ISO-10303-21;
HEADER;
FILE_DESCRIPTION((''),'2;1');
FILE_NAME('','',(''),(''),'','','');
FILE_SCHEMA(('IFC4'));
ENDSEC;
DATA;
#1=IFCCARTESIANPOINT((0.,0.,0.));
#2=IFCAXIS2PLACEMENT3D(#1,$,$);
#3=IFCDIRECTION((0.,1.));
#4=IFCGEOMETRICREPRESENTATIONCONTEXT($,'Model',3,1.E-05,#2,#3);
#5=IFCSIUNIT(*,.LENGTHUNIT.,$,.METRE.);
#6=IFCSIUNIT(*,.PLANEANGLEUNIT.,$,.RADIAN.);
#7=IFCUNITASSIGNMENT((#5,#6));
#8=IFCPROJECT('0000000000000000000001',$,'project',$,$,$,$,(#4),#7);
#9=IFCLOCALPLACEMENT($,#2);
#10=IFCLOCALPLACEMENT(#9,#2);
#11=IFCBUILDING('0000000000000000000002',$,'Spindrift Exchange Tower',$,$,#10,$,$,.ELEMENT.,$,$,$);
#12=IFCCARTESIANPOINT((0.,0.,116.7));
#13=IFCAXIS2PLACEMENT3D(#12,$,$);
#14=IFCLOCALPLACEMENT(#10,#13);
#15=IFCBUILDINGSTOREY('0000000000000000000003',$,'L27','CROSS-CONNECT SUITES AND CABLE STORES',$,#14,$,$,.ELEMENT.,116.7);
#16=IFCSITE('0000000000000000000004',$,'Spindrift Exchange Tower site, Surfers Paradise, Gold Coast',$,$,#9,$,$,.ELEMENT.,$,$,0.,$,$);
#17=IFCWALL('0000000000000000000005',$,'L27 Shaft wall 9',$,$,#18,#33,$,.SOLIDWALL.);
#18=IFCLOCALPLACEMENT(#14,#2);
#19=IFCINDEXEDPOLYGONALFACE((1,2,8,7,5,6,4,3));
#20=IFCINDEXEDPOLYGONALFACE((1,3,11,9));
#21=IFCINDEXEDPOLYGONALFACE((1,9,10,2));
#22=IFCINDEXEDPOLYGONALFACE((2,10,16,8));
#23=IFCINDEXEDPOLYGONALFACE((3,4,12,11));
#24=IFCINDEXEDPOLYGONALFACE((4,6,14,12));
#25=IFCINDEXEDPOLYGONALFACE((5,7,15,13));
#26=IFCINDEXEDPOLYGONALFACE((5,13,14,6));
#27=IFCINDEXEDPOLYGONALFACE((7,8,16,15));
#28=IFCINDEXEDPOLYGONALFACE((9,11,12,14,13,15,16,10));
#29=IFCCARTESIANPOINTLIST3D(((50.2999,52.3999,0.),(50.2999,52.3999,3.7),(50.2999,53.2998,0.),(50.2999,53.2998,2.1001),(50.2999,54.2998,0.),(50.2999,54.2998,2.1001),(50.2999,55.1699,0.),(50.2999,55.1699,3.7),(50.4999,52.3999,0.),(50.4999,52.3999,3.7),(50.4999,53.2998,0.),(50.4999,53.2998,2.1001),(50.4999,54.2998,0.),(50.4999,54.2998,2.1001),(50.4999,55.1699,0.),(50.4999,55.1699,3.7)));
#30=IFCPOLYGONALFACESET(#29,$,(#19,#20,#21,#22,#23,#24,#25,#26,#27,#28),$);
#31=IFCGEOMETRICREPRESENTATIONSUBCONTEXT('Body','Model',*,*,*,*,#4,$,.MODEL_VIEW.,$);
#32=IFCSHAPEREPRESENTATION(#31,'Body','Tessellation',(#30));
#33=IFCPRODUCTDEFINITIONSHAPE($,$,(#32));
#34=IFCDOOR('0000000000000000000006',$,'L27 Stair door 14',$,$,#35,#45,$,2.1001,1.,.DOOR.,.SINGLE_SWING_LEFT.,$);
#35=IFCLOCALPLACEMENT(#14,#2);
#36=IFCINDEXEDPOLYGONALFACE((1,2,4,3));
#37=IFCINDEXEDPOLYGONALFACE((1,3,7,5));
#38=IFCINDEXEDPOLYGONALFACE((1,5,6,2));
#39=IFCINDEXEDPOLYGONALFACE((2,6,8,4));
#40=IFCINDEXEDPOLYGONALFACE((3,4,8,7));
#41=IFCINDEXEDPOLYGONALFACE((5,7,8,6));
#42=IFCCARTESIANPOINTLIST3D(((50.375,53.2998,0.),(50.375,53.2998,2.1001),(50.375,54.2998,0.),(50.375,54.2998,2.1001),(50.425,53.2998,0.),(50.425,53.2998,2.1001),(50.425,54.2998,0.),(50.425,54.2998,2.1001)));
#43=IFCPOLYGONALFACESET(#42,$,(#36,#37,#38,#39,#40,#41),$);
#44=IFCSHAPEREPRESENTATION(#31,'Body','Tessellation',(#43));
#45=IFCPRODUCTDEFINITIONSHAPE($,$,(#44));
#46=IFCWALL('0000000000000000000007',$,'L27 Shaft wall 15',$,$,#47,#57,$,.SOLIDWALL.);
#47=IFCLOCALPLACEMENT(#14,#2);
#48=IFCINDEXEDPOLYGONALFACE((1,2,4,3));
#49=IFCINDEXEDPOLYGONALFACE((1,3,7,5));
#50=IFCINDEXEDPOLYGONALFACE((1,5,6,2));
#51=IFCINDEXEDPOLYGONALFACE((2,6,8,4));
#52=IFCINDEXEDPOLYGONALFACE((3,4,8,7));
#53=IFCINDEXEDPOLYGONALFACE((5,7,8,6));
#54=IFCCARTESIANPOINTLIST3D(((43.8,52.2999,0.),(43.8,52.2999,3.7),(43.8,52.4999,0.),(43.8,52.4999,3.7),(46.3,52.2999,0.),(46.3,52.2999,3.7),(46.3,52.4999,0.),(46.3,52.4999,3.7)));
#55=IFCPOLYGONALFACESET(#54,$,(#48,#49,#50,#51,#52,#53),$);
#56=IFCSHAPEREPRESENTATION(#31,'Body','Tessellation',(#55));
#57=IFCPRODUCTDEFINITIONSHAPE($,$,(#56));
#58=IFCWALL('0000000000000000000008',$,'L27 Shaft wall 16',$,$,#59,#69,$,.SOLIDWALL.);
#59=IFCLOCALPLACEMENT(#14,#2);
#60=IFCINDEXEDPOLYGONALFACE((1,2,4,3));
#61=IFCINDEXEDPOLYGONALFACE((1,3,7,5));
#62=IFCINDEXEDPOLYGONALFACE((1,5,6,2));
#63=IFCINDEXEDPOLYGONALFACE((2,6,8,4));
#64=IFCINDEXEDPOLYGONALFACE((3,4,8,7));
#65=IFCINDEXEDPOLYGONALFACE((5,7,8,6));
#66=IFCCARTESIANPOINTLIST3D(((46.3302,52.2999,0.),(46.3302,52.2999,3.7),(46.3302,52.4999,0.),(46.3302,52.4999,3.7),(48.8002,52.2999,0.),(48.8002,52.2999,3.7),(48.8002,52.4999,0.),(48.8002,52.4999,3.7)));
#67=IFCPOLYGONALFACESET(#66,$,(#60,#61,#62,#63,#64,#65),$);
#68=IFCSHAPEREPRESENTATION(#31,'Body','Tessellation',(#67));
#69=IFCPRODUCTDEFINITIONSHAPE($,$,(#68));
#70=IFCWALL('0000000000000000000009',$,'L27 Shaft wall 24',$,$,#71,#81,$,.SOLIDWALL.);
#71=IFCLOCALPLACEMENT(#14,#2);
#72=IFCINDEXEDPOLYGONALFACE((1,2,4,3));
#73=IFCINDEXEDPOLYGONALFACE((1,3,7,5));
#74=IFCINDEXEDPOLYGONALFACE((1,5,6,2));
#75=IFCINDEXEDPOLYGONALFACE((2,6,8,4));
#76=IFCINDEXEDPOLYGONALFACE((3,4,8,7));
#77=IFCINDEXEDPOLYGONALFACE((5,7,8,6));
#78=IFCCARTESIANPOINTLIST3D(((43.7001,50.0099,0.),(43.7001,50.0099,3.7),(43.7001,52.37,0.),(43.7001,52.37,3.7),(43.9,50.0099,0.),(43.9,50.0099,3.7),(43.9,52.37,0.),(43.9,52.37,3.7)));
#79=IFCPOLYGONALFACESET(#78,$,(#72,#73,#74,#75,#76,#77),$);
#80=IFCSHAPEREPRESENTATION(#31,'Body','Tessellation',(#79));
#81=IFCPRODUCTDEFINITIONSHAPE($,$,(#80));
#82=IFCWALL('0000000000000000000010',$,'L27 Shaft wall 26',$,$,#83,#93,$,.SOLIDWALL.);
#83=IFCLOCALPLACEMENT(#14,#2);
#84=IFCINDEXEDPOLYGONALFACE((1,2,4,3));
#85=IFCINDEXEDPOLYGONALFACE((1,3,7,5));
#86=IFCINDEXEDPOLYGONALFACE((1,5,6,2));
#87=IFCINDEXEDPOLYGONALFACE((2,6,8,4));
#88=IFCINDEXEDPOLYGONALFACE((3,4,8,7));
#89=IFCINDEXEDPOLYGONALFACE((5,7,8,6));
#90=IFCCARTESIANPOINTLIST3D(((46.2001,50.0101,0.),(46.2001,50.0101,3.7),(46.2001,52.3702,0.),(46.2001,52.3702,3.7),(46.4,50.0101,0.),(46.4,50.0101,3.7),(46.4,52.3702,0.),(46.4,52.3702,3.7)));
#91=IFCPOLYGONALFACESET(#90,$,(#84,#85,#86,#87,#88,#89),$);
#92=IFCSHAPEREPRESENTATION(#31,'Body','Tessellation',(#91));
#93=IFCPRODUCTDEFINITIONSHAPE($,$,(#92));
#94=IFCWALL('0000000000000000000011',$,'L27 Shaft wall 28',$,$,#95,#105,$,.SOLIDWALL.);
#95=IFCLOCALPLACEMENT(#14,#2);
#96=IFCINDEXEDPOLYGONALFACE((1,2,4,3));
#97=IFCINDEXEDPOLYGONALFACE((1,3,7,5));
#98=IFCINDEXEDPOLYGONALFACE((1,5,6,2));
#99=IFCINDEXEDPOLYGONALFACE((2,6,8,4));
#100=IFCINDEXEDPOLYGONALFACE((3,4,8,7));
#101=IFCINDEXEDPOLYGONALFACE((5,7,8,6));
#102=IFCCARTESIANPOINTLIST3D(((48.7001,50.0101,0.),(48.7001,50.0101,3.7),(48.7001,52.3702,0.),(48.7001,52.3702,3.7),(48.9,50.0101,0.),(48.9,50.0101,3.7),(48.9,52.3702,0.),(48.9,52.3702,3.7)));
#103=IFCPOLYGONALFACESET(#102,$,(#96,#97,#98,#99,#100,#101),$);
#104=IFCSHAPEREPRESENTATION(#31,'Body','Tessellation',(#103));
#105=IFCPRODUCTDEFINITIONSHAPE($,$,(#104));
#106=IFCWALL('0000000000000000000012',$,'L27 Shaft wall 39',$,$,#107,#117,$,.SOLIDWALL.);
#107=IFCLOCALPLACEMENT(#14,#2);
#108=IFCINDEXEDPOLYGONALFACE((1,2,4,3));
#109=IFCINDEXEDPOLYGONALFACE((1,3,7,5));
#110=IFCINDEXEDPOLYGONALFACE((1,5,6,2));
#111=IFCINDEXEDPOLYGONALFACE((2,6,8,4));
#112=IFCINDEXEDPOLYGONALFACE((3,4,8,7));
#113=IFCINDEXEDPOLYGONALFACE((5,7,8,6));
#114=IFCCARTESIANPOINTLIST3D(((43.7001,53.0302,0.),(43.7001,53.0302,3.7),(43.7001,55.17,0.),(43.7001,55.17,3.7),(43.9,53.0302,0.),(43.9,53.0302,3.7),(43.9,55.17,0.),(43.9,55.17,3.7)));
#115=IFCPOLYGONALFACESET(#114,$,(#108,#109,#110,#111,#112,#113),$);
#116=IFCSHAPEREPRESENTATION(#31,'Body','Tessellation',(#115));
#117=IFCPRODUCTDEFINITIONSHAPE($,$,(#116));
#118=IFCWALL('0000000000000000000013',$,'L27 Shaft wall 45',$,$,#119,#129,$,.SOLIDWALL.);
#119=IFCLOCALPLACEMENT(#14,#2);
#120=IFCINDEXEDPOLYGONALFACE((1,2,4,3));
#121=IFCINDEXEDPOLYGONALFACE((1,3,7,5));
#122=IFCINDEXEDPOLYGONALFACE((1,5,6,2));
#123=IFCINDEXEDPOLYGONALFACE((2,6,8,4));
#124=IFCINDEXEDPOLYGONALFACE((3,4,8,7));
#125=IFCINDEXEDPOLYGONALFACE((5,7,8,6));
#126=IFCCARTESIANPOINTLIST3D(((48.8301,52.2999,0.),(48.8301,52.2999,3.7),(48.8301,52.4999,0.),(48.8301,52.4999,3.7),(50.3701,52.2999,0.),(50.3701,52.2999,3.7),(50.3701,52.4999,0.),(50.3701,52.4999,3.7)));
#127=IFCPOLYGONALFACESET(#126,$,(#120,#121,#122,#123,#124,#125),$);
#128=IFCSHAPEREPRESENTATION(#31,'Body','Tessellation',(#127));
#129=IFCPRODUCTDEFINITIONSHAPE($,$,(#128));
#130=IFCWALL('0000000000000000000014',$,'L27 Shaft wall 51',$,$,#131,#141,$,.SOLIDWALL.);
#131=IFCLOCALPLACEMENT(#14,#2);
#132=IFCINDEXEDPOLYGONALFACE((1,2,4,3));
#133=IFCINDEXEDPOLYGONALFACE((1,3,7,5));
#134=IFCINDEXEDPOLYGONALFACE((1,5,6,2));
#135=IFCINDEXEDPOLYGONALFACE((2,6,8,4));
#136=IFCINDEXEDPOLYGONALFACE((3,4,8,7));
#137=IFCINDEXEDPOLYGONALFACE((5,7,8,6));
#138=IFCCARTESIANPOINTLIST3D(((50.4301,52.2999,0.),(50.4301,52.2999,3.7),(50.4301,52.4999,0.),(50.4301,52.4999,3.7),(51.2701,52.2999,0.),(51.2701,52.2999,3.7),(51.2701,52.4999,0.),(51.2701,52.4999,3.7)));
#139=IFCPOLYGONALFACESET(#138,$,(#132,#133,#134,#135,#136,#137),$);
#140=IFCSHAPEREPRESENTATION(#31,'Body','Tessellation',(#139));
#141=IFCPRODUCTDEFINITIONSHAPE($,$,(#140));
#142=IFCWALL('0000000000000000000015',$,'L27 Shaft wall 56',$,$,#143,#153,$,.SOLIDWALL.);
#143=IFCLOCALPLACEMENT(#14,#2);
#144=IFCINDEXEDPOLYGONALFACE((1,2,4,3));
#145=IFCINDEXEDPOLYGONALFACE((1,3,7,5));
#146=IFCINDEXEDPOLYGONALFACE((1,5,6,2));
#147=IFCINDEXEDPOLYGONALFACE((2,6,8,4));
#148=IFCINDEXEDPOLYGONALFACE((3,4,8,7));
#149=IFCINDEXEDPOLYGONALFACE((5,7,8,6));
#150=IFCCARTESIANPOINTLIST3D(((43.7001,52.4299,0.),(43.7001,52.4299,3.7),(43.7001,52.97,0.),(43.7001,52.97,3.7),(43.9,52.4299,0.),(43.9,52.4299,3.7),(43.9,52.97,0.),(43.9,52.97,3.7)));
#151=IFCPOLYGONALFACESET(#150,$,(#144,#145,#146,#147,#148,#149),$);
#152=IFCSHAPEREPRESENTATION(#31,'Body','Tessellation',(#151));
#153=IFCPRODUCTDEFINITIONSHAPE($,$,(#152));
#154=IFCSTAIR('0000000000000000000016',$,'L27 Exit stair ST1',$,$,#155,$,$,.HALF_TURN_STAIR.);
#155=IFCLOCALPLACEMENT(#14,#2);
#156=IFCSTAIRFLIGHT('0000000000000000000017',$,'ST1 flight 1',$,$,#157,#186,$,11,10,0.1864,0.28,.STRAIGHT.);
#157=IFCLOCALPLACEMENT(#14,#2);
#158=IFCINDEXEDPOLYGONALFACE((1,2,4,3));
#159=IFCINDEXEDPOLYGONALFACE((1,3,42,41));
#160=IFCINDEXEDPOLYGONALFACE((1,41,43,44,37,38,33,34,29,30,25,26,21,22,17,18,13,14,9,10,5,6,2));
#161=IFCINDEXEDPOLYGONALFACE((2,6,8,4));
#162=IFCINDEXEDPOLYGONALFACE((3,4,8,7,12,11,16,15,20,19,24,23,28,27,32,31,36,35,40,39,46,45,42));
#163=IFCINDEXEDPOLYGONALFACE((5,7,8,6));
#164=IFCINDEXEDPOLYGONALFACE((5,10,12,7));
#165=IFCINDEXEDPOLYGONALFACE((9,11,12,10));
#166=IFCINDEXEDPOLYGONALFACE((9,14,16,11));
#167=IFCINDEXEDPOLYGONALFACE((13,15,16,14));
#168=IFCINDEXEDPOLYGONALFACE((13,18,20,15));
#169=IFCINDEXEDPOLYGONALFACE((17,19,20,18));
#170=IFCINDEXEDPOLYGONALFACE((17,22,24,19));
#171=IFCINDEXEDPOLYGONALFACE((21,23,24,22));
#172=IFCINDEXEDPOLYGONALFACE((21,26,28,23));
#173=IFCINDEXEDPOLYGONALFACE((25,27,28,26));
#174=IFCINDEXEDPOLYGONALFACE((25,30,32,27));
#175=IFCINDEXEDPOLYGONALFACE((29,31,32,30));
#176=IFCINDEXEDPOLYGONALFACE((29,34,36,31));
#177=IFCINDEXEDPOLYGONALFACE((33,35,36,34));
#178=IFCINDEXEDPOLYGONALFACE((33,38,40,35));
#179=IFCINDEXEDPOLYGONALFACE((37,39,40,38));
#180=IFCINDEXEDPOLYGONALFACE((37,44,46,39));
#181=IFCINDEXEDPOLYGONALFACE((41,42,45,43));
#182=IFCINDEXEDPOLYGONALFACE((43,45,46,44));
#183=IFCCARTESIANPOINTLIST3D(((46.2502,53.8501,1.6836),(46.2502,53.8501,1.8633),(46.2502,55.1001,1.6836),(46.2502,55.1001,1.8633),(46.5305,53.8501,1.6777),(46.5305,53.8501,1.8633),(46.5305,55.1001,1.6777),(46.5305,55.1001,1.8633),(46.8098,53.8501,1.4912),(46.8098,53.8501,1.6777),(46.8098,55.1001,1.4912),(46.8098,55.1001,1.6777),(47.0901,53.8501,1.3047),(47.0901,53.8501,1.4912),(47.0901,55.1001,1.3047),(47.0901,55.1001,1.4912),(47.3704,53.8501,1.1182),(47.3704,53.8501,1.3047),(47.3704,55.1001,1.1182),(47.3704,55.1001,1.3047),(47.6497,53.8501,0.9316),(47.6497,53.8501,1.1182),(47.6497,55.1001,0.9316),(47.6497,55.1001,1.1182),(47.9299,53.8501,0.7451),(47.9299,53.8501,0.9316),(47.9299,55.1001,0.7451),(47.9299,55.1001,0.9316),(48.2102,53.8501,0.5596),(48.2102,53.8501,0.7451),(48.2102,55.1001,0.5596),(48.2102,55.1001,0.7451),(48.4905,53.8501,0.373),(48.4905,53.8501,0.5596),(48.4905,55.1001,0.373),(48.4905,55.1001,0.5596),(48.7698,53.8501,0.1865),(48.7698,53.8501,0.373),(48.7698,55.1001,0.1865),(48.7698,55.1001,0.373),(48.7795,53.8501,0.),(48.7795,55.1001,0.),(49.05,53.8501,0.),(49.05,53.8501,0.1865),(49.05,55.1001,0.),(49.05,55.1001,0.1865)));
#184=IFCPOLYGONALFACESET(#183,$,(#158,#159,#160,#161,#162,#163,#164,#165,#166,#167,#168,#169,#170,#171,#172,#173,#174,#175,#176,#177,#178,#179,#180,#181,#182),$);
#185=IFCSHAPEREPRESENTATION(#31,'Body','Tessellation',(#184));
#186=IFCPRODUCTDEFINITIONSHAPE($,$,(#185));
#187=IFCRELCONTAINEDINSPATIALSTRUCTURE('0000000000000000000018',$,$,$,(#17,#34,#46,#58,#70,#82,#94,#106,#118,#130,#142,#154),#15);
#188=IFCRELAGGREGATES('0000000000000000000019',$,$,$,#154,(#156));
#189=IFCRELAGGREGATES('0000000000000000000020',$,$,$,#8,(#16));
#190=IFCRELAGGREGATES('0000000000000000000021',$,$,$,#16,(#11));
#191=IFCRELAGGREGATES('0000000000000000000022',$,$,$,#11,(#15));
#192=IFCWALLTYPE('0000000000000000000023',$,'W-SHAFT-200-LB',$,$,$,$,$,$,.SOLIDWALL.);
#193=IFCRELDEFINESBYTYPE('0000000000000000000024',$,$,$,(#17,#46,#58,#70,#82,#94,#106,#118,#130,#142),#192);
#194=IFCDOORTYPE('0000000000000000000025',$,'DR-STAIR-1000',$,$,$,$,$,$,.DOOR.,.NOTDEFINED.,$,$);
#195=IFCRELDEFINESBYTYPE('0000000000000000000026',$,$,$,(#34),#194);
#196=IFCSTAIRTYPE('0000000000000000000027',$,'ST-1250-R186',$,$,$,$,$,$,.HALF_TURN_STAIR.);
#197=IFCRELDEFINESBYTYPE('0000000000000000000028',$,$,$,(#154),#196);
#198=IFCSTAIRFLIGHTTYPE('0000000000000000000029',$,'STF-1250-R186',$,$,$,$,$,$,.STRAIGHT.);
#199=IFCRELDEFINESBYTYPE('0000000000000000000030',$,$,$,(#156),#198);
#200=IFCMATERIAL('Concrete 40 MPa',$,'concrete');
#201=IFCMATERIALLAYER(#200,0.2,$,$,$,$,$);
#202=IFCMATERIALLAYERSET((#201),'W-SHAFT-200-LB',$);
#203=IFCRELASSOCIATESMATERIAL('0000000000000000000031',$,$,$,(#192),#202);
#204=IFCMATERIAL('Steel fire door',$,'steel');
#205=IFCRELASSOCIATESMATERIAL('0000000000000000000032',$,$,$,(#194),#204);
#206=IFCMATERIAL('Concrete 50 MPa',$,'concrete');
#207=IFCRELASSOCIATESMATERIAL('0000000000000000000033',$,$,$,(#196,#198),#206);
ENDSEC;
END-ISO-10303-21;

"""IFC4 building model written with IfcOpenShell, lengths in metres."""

from ifc_helpers import new_model, si_unit, direction, frame, frame_2d, origin, place, context, subcontext, project, spatial, line, indexed_curve, rectangle, outline, extrude, source, transform, mapped, material, layer, layer_set, type_object, element, fill, aggregate, save


model = new_model("IFC4")

# Units and contexts
model_context = context("Model", 3, precision=1e-05, world=origin(), true_north=direction((0.0, 1.0)))
body_context = subcontext(model_context, "Body", "Model", "MODEL_VIEW")
ifc_project = project(units=[si_unit("LENGTHUNIT", "METRE"), si_unit("PLANEANGLEUNIT", "RADIAN")], contexts=[model_context])

# Site, building, storey
site_placement = place(None, origin())
site = spatial("IfcSite", under=ifc_project, at=site_placement, Name="Spindrift Exchange Tower site, Surfers Paradise, Gold Coast", CompositionType="ELEMENT", RefElevation=0.0)
building_placement = place(site_placement, origin())
building = spatial("IfcBuilding", under=site, at=building_placement, Name="Spindrift Exchange Tower", CompositionType="ELEMENT")
storey_placement = place(building_placement, frame((0.0, 0.0, 116.7)))
storey = spatial("IfcBuildingStorey", under=building, at=storey_placement, Name="L27", Description="CROSS-CONNECT SUITES AND CABLE STORES", CompositionType="ELEMENT", Elevation=116.7)

# Shared definitions
ifc_material_1 = material(Name="Concrete 40 MPa", Category="concrete")

# Shared definitions
ifc_layer_1 = layer(ifc_material_1, 0.2)
ifc_layer_set_1 = layer_set([ifc_layer_1], Name="W-SHAFT-200-LB")
wall_type_1 = type_object("IfcWallType", Name="W-SHAFT-200-LB", PredefinedType="SOLIDWALL", material=ifc_layer_set_1)
ifc_material_2 = material(Name="Steel fire door", Category="steel")

# Wall, opening, door
wall_1_placement = place(storey_placement, frame((50.3999, 52.3999, 0.0), z_axis=(0.0, 0.0, 1.0), x_axis=(0.0, 1.0, 0.0)))
wall_1 = element("IfcWall", 1, at=wall_1_placement, inside=storey, type_object=wall_type_1, Name="L27 Shaft wall 9", PredefinedType="SOLIDWALL", context=body_context, shape_type="SweptSolid", body=[
    extrude(rectangle(XDim=2.77, YDim=0.2, at=frame_2d((1.385, 0.0))), origin(), (0.0, 0.0, 1.0), 3.7),
])
opening_1_placement = place(wall_1_placement, frame((0.8999, 0.0, 0.0)))
opening_1 = element("IfcOpeningElement", 2, at=opening_1_placement, cuts=wall_1, PredefinedType="OPENING", context=body_context, shape_type="SweptSolid", body=[
    extrude(rectangle(XDim=1.0, YDim=2.1001, at=frame_2d((0.5, 1.05))), frame((0.0, 0.1099, 0.0), z_axis=(0.0, -1.0, 0.0), x_axis=(1.0, 0.0, 0.0)), (0.0, 0.0, 1.0), 0.22),
])
door_type_1 = type_object("IfcDoorType", Name="DR-STAIR-1000", OperationType="NOTDEFINED", PredefinedType="DOOR", material=ifc_material_2)
shared_shape_1 = source(origin(), body_context, "Body", "SweptSolid", [
    extrude(rectangle(XDim=1.0, YDim=2.1001, at=frame_2d((0.5, 1.05))), frame((0.0, 0.0249, 0.0), z_axis=(0.0, -1.0, 0.0), x_axis=(1.0, 0.0, 0.0)), (0.0, 0.0, 1.0), 0.05),
])
door_1_placement = place(opening_1_placement, origin())
door_1 = element("IfcDoor", 3, at=door_1_placement, inside=storey, type_object=door_type_1, Name="L27 Stair door 14", OperationType="SINGLE_SWING_LEFT", OverallHeight=2.1001, OverallWidth=1.0, PredefinedType="DOOR", context=body_context, shape_type="MappedRepresentation", body=[
    mapped(shared_shape_1, transform((0.0, 0.0, 0.0), scale=1.0)),
])
fill(opening_1, door_1)

# Walls
wall_2_placement = place(storey_placement, frame((46.3, 52.3999, 0.0), z_axis=(0.0, 0.0, 1.0), x_axis=(-1.0, 0.0, 0.0)))
element("IfcWall", 4, at=wall_2_placement, inside=storey, type_object=wall_type_1, Name="L27 Shaft wall 15", PredefinedType="SOLIDWALL", context=body_context, shape_type="SweptSolid", body=[
    extrude(rectangle(XDim=2.5, YDim=0.2, at=frame_2d((1.25, 0.0))), origin(), (0.0, 0.0, 1.0), 3.7),
])
wall_3_placement = place(storey_placement, frame((48.8, 52.3999, 0.0), z_axis=(0.0, 0.0, 1.0), x_axis=(-1.0, 0.0, 0.0)))
element("IfcWall", 5, at=wall_3_placement, inside=storey, type_object=wall_type_1, Name="L27 Shaft wall 16", PredefinedType="SOLIDWALL", context=body_context, shape_type="SweptSolid", body=[
    extrude(rectangle(XDim=2.47, YDim=0.2, at=frame_2d((1.2349, 0.0))), origin(), (0.0, 0.0, 1.0), 3.7),
])
for number, where, z_axis, x_axis, name in (
    (6, (43.8, 52.3701, 0.0), (0.0, 0.0, 1.0), (0.0, -1.0, 0.0), "L27 Shaft wall 24"),
    (7, (46.3, 50.01, 0.0), (0.0, 0.0, 1.0), (0.0, 1.0, 0.0), "L27 Shaft wall 26"),
    (8, (48.8, 50.01, 0.0), (0.0, 0.0, 1.0), (0.0, 1.0, 0.0), "L27 Shaft wall 28"),
):
    element("IfcWall", number, at=place(storey_placement, frame(where, z_axis=z_axis, x_axis=x_axis)), inside=storey, type_object=wall_type_1, Name=name, PredefinedType="SOLIDWALL", context=body_context, shape_type="SweptSolid", body=[
        extrude(rectangle(XDim=2.3601, YDim=0.2, at=frame_2d((1.1802, 0.0))), origin(), (0.0, 0.0, 1.0), 3.7),
    ])
wall_4_placement = place(storey_placement, frame((43.8, 55.1699, 0.0), z_axis=(0.0, 0.0, 1.0), x_axis=(0.0, -1.0, 0.0)))
element("IfcWall", 9, at=wall_4_placement, inside=storey, type_object=wall_type_1, Name="L27 Shaft wall 39", PredefinedType="SOLIDWALL", context=body_context, shape_type="SweptSolid", body=[
    extrude(rectangle(XDim=2.1399, YDim=0.2, at=frame_2d((1.0698, 0.0))), origin(), (0.0, 0.0, 1.0), 3.7),
])
wall_5_placement = place(storey_placement, frame((50.3701, 52.3999, 0.0), z_axis=(0.0, 0.0, 1.0), x_axis=(-1.0, 0.0, 0.0)))
element("IfcWall", 10, at=wall_5_placement, inside=storey, type_object=wall_type_1, Name="L27 Shaft wall 45", PredefinedType="SOLIDWALL", context=body_context, shape_type="SweptSolid", body=[
    extrude(rectangle(XDim=1.54, YDim=0.2, at=frame_2d((0.77, 0.0))), origin(), (0.0, 0.0, 1.0), 3.7),
])
wall_6_placement = place(storey_placement, frame((51.27, 52.3999, 0.0), z_axis=(0.0, 0.0, 1.0), x_axis=(-1.0, 0.0, 0.0)))
element("IfcWall", 11, at=wall_6_placement, inside=storey, type_object=wall_type_1, Name="L27 Shaft wall 51", PredefinedType="SOLIDWALL", context=body_context, shape_type="SweptSolid", body=[
    extrude(rectangle(XDim=0.8401, YDim=0.2, at=frame_2d((0.4199, 0.0))), origin(), (0.0, 0.0, 1.0), 3.7),
])
wall_7_placement = place(storey_placement, frame((43.8, 52.4299, 0.0), z_axis=(0.0, 0.0, 1.0), x_axis=(0.0, 1.0, 0.0)))
element("IfcWall", 12, at=wall_7_placement, inside=storey, type_object=wall_type_1, Name="L27 Shaft wall 56", PredefinedType="SOLIDWALL", context=body_context, shape_type="SweptSolid", body=[
    extrude(rectangle(XDim=0.54, YDim=0.2, at=frame_2d((0.27, 0.0))), origin(), (0.0, 0.0, 1.0), 3.7),
])

# Stair, stair flight
ifc_material_3 = material(Name="Concrete 50 MPa", Category="concrete")
stair_type = type_object("IfcStairType", Name="ST-1250-R186", PredefinedType="HALF_TURN_STAIR", material=ifc_material_3)
stair_placement = place(storey_placement, origin())
stair = element("IfcStair", 13, at=stair_placement, inside=storey, type_object=stair_type, Name="L27 Exit stair ST1", PredefinedType="HALF_TURN_STAIR")
stair_flight_type = type_object("IfcStairFlightType", Name="STF-1250-R186", PredefinedType="STRAIGHT", material=ifc_material_3)
stair_flight_1_placement = place(storey_placement, frame((49.05, 54.4751, 0.0), z_axis=(0.0, 0.0, 1.0), x_axis=(-1.0, 0.0, 0.0)))
stair_flight_1 = element("IfcStairFlight", 14, at=stair_flight_1_placement, type_object=stair_flight_type, Name="ST1 flight 1", NumberOfRisers=11, NumberOfTreads=10, PredefinedType="STRAIGHT", RiserHeight=0.1864, TreadLength=0.28, context=body_context, shape_type="SweptSolid", body=[
    extrude(outline(indexed_curve([(0.0, 0.0), (0.0, 0.1865), (0.2803, 0.1865), (0.2803, 0.373), (0.5596, 0.373), (0.5596, 0.5596), (0.8398, 0.5596), (0.8398, 0.7451), (1.1201, 0.7451), (1.1201, 0.9316), (1.4004, 0.9316), (1.4004, 1.1182), (1.6797, 1.1182), (1.6797, 1.3047), (1.96, 1.3047), (1.96, 1.4912), (2.2402, 1.4912), (2.2402, 1.6777), (2.5195, 1.6777), (2.5195, 1.8633), (2.7998, 1.8633), (2.7998, 2.0498), (2.7998, 1.6836), (0.2705, 0.0)], segments=[line(1, 2, 3, 4, 5, 6, 7, 8, 9, 10, 11, 12, 13, 14, 15, 16, 17, 18, 19, 20, 21, 22, 23, 24, 1)], self_intersect=False)), frame((0.0, 0.625, 0.0), z_axis=(0.0, -1.0, 0.0), x_axis=(1.0, 0.0, 0.0)), (0.0, 0.0, 1.0), 1.25),
])
aggregate(stair, [stair_flight_1])

save(model, "model.ifc")
